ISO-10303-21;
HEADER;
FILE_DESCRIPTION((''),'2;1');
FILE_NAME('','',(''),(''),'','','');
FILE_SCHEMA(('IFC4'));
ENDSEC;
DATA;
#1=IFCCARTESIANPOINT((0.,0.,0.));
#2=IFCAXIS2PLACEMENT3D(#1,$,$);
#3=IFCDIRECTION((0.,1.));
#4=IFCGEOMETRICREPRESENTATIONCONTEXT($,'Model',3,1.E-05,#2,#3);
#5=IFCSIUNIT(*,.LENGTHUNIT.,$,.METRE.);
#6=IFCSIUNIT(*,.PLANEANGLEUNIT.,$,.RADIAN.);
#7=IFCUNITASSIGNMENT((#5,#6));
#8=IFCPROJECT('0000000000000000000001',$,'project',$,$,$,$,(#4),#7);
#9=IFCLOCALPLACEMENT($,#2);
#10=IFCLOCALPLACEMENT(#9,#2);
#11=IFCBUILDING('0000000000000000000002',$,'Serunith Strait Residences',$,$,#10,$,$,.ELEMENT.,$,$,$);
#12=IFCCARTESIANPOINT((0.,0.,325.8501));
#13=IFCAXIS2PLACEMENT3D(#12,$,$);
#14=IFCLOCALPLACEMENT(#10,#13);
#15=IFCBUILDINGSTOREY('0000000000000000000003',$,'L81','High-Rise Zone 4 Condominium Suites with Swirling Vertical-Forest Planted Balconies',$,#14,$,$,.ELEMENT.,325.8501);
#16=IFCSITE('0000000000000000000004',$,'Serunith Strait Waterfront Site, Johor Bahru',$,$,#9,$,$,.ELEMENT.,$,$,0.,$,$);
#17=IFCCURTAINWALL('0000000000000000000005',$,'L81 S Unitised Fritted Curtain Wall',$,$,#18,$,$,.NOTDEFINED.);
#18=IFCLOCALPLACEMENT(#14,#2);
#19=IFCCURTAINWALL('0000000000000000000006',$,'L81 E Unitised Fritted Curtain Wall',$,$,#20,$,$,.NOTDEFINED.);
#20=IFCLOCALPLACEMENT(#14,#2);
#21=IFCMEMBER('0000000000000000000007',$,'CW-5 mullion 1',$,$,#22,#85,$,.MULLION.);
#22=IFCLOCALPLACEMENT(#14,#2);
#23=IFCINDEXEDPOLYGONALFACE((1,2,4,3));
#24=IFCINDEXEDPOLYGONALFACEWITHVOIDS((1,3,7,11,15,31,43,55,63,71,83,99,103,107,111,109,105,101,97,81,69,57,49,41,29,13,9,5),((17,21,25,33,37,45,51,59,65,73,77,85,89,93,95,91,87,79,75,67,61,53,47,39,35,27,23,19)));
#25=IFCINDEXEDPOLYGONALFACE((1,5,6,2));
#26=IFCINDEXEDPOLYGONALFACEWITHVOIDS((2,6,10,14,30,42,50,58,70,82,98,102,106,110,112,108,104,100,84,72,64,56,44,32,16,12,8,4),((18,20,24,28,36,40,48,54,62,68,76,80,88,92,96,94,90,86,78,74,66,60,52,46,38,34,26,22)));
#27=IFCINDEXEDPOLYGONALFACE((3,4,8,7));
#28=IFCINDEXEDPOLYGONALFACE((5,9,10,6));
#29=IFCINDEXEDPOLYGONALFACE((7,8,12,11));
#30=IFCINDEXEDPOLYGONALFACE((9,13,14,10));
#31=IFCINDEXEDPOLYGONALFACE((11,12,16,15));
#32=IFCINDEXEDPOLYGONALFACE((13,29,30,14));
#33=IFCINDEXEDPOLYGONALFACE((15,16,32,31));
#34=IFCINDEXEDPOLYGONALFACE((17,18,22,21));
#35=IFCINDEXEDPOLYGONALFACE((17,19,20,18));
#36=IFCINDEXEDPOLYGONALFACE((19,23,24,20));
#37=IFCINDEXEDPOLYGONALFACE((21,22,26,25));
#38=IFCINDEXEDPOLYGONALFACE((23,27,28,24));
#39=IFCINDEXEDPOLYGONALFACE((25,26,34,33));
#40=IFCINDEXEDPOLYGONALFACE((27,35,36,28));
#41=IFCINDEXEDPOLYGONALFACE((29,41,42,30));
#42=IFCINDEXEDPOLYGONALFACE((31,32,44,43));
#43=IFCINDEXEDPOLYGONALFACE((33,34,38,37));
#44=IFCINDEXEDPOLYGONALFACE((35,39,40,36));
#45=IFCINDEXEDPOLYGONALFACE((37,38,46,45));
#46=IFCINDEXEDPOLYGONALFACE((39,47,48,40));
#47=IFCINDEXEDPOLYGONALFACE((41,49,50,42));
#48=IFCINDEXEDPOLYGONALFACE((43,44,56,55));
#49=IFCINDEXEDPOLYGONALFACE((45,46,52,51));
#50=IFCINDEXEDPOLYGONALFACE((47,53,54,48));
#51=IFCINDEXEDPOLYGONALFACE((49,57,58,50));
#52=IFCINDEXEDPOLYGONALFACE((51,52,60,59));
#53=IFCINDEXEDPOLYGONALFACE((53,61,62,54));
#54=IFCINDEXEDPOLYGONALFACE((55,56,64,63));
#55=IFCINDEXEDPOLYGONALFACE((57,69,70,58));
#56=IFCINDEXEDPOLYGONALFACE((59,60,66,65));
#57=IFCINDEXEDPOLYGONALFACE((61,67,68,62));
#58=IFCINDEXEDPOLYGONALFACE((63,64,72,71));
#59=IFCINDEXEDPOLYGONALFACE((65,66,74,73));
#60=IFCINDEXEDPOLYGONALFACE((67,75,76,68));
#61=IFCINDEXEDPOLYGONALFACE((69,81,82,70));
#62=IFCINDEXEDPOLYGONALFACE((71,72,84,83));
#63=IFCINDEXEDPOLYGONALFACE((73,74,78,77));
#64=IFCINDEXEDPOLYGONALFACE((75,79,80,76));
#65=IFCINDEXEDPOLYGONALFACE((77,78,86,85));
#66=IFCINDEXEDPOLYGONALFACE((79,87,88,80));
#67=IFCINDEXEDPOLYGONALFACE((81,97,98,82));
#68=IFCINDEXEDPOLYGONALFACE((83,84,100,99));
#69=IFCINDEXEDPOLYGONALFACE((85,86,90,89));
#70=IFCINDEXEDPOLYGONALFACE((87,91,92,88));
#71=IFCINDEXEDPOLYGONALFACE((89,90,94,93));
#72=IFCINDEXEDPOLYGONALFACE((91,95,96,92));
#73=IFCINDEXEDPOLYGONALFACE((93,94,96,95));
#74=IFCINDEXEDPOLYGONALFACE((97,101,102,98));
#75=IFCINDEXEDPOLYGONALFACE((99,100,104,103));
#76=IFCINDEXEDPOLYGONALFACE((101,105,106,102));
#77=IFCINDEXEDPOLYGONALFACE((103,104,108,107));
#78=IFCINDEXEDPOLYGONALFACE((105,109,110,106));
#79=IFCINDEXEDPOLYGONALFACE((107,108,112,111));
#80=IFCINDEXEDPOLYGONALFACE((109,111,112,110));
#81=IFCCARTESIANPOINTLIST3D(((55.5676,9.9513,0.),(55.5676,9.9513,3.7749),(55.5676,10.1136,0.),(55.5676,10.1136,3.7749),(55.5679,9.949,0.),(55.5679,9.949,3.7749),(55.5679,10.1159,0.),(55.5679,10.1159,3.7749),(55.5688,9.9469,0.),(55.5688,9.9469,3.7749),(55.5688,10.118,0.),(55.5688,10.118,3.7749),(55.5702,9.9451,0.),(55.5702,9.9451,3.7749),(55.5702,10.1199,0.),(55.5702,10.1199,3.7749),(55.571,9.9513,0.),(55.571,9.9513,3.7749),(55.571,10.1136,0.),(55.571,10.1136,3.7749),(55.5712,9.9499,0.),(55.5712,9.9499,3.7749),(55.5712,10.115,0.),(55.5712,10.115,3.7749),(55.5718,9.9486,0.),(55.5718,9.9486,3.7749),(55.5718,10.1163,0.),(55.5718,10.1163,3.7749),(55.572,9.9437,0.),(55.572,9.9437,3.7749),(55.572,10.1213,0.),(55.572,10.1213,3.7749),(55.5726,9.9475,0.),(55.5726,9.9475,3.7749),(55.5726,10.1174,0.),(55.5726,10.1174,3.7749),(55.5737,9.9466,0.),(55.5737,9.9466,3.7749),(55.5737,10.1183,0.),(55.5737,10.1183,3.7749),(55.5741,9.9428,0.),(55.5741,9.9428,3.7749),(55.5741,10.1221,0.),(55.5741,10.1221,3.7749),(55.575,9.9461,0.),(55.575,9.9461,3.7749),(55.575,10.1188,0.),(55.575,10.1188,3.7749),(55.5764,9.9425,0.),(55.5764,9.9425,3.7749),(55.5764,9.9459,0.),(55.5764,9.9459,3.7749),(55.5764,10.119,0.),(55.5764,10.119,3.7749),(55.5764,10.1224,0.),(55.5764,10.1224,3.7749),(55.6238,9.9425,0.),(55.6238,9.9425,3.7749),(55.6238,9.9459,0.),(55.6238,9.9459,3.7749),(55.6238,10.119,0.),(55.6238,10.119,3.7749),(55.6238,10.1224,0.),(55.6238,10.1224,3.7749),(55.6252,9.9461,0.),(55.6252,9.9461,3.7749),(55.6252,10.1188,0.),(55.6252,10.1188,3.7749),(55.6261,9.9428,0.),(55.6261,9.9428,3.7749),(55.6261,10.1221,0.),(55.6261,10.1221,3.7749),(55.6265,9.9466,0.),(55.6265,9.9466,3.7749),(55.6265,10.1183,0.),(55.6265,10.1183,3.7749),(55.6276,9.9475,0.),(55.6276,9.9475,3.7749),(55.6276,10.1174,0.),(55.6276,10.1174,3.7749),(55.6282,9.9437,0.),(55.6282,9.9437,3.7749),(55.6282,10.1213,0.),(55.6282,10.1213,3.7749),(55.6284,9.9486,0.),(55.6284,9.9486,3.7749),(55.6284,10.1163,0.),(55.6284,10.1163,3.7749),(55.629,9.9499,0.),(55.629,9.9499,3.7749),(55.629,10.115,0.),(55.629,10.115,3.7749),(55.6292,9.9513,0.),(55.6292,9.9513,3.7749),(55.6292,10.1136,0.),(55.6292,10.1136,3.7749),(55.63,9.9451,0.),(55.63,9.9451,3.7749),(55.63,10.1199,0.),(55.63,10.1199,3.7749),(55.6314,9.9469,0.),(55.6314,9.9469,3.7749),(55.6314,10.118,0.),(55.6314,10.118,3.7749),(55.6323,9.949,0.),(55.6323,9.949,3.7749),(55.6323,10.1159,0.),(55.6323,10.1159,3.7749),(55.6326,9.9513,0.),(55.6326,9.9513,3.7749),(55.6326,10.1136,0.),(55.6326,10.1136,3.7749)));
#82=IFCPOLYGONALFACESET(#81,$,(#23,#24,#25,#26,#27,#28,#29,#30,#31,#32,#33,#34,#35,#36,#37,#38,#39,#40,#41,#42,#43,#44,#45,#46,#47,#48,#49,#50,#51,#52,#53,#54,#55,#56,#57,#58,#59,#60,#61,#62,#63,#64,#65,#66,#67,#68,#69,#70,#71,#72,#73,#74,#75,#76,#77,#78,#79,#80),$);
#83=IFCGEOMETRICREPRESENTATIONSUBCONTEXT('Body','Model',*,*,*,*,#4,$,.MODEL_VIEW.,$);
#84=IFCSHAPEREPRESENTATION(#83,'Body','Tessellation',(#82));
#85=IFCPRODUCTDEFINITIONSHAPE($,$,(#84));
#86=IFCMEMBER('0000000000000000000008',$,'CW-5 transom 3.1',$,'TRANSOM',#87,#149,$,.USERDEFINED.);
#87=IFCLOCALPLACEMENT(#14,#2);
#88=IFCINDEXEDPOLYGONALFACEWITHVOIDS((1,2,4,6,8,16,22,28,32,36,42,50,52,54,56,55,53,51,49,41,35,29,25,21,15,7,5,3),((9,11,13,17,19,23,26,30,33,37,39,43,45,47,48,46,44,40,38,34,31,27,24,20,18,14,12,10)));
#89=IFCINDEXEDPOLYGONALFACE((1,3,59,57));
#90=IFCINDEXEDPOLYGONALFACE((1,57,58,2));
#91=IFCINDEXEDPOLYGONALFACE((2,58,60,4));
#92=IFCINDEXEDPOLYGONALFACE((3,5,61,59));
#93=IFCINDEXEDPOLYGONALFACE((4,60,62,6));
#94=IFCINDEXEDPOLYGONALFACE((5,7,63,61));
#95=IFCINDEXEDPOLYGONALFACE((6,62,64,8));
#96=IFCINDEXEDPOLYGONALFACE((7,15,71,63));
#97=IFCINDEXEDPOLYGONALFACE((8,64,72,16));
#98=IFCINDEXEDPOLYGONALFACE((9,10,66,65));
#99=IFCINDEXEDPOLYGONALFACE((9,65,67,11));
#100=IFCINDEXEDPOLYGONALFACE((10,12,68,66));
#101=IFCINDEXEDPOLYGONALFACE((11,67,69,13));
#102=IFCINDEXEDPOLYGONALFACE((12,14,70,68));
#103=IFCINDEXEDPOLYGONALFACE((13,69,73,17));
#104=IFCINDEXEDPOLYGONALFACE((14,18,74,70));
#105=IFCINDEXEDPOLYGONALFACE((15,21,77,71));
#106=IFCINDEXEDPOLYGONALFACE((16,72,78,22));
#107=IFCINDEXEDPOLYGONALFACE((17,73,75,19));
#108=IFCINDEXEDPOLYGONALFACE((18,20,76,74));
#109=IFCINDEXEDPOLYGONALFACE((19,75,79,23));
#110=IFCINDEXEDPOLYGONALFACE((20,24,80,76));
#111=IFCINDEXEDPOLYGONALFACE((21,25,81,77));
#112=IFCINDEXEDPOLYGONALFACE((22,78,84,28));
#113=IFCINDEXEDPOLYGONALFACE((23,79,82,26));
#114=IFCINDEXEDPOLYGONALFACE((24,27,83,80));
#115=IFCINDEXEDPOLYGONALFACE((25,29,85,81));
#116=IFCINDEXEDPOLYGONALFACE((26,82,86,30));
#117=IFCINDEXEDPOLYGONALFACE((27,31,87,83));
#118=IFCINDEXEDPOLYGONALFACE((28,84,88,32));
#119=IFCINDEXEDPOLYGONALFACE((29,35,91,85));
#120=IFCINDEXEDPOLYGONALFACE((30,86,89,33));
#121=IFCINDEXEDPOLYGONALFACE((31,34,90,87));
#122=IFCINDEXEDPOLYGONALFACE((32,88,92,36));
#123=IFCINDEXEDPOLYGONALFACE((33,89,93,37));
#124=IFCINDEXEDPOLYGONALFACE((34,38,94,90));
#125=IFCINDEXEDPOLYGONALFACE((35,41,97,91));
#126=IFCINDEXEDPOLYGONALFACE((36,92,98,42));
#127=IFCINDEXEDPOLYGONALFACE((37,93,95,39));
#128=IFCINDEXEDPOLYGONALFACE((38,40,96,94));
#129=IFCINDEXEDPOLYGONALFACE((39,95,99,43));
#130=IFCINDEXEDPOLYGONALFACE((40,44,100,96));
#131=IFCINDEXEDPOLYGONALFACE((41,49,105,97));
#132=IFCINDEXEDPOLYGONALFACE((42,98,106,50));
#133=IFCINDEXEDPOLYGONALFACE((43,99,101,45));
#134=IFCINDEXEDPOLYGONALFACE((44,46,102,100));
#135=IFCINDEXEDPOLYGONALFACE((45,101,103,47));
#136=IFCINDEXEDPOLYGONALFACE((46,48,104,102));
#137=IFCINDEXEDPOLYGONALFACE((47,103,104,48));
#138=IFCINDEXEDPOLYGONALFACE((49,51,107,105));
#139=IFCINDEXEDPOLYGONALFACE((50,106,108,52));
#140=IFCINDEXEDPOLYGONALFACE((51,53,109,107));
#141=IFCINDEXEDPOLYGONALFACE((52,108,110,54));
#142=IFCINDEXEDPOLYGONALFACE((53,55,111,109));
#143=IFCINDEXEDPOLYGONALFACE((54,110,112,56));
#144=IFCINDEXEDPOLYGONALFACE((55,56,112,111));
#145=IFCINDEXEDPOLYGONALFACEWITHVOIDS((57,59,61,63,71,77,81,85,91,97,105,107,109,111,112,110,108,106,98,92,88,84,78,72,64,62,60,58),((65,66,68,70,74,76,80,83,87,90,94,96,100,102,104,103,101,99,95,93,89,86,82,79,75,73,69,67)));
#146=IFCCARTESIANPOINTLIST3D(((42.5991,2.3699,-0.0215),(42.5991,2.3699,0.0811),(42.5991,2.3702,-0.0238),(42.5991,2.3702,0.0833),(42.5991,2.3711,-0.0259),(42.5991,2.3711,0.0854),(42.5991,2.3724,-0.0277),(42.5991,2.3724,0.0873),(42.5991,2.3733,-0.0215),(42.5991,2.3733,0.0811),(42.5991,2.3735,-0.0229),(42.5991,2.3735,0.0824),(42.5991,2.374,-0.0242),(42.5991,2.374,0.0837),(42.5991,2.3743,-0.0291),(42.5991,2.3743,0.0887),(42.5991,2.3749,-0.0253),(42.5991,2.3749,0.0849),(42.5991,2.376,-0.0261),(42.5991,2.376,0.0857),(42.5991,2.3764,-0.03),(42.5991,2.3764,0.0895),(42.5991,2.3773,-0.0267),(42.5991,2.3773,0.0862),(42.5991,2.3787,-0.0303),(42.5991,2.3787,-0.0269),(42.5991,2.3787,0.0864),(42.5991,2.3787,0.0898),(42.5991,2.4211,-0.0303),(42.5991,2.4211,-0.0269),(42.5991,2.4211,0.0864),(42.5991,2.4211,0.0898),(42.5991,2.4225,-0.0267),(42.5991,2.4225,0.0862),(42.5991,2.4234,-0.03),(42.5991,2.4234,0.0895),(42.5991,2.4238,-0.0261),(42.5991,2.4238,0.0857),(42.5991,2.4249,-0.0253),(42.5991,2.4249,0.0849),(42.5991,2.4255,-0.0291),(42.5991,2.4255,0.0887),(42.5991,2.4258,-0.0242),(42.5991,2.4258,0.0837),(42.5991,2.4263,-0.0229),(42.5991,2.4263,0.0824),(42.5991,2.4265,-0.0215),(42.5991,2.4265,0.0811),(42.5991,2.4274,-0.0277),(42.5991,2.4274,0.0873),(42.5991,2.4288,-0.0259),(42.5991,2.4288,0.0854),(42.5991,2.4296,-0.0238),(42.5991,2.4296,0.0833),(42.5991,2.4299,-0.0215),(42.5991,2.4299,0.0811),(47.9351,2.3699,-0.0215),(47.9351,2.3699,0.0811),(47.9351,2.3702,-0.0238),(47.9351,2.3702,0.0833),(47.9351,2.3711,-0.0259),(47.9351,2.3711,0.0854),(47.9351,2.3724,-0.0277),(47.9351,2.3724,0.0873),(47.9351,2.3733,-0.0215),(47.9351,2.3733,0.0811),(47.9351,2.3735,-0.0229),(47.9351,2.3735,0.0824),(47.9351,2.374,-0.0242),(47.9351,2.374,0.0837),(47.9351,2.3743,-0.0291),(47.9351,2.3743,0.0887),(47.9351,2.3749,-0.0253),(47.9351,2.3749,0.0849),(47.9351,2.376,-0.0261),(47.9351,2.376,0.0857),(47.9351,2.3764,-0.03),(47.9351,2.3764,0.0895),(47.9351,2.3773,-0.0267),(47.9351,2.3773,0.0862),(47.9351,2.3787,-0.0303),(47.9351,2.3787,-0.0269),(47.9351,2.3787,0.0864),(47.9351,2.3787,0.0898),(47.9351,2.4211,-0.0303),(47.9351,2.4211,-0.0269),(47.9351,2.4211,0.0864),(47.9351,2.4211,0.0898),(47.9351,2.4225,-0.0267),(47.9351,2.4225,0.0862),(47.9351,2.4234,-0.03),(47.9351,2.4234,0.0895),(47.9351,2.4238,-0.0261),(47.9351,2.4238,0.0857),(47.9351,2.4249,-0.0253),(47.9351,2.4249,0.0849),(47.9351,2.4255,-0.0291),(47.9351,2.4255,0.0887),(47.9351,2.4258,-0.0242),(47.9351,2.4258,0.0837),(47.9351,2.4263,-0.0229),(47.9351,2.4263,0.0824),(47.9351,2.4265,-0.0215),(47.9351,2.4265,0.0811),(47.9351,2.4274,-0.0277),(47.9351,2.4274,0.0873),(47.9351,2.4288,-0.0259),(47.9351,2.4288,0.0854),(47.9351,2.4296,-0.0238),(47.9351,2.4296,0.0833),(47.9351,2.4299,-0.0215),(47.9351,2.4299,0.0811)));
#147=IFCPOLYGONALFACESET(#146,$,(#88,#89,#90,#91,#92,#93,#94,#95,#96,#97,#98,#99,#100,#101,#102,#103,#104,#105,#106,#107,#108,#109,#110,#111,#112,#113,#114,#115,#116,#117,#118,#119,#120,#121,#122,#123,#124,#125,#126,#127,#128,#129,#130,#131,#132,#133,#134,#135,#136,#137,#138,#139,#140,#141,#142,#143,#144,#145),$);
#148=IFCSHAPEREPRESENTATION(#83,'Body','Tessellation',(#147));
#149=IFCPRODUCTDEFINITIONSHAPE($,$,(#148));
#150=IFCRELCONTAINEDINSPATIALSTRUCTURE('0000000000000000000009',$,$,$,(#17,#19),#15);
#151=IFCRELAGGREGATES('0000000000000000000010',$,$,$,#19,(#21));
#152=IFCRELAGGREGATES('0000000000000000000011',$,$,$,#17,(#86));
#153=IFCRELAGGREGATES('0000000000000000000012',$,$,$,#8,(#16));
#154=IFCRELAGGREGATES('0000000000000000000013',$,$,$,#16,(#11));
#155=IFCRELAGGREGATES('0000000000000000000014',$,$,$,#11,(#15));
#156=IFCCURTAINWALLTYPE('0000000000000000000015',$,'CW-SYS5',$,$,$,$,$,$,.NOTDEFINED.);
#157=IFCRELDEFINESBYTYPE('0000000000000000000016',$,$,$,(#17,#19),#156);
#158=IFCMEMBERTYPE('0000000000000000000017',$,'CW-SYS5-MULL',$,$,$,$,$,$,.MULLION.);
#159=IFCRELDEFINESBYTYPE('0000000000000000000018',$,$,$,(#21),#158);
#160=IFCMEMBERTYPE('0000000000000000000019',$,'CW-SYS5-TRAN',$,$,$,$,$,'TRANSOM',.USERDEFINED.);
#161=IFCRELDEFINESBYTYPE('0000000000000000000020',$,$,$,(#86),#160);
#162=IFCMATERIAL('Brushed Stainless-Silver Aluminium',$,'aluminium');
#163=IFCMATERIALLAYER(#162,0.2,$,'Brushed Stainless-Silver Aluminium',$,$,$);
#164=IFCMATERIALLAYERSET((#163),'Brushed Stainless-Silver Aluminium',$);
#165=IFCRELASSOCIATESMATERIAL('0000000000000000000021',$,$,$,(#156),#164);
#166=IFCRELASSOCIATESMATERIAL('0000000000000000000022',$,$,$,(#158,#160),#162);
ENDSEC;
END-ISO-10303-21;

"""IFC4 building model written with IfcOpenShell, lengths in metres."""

from ifc_helpers import new_model, si_unit, direction, frame, origin, origin_2d, place, context, subcontext, project, spatial, hollow_rectangle, extrude, source, transform, mapped, material, layer, layer_set, material_profile, profile_set, type_object, element, aggregate, save


model = new_model("IFC4")

# Units and contexts
model_context = context("Model", 3, precision=1e-05, world=origin(), true_north=direction((0.0, 1.0)))
body_context = subcontext(model_context, "Body", "Model", "MODEL_VIEW")
ifc_project = project(units=[si_unit("LENGTHUNIT", "METRE"), si_unit("PLANEANGLEUNIT", "RADIAN")], contexts=[model_context])

# Site, building, storey
site_placement = place(None, origin())
site = spatial("IfcSite", under=ifc_project, at=site_placement, Name="Serunith Strait Waterfront Site, Johor Bahru", CompositionType="ELEMENT", RefElevation=0.0)
building_placement = place(site_placement, origin())
building = spatial("IfcBuilding", under=site, at=building_placement, Name="Serunith Strait Residences", CompositionType="ELEMENT")
storey_placement = place(building_placement, frame((0.0, 0.0, 325.8501)))
storey = spatial("IfcBuildingStorey", under=building, at=storey_placement, Name="L81", Description="High-Rise Zone 4 Condominium Suites with Swirling Vertical-Forest Planted Balconies", CompositionType="ELEMENT", Elevation=325.8501)

# Curtain wall
ifc_material_1 = material(Name="Brushed Stainless-Silver Aluminium", Category="aluminium")
ifc_layer_1 = layer(ifc_material_1, 0.2, Name="Brushed Stainless-Silver Aluminium")
ifc_layer_set_1 = layer_set([ifc_layer_1], Name="Brushed Stainless-Silver Aluminium")
curtain_wall_type = type_object("IfcCurtainWallType", Name="CW-SYS5", PredefinedType="NOTDEFINED", material=ifc_layer_set_1)
curtain_wall_1_placement = place(storey_placement, origin())
curtain_wall_1 = element("IfcCurtainWall", 1, at=curtain_wall_1_placement, inside=storey, type_object=curtain_wall_type, Name="L81 S Unitised Fritted Curtain Wall", PredefinedType="NOTDEFINED")
ifc_material_profile_1 = material_profile(ifc_material_1, hollow_rectangle(XDim=0.0649, YDim=0.1799, WallThickness=0.0034, InnerFilletRadius=0.0054, OuterFilletRadius=0.0088, at=origin_2d()), Name="ALU 180x65x3.5")
ifc_profile_set_1 = profile_set([ifc_material_profile_1], Name="Brushed Stainless-Silver Aluminium")
member_type_1 = type_object("IfcMemberType", Name="CW-SYS5-MULL", PredefinedType="MULLION", material=ifc_profile_set_1)
shared_shape_1 = source(origin(), body_context, "Body", "SweptSolid", [
    extrude(hollow_rectangle(XDim=0.0649, YDim=0.1799, WallThickness=0.0034, InnerFilletRadius=0.0054, OuterFilletRadius=0.0088, at=origin_2d()), origin(), (0.0, 0.0, 1.0), 3.7749),
])

# Curtain wall, member
curtain_wall_2_placement = place(storey_placement, origin())
curtain_wall_2 = element("IfcCurtainWall", 2, at=curtain_wall_2_placement, inside=storey, type_object=curtain_wall_type, Name="L81 E Unitised Fritted Curtain Wall", PredefinedType="NOTDEFINED")
member_1_placement = place(storey_placement, frame((55.6001, 10.0325, 0.0), z_axis=(0.0, 0.0, 1.0), x_axis=(-1.0, 0.0, 0.0)))
member_1 = element("IfcMember", 3, at=member_1_placement, type_object=member_type_1, Name="CW-5 mullion 1", PredefinedType="MULLION", context=body_context, shape_type="MappedRepresentation", body=[
    mapped(shared_shape_1, transform((0.0, 0.0, 0.0), scale=1.0)),
])

# Member
ifc_material_profile_2 = material_profile(ifc_material_1, hollow_rectangle(XDim=0.0601, YDim=0.1201, WallThickness=0.0034, InnerFilletRadius=0.0054, OuterFilletRadius=0.0088, at=origin_2d()), Name="ALU 120x60x3.5")
ifc_profile_set_2 = profile_set([ifc_material_profile_2], Name="Brushed Stainless-Silver Aluminium")
member_type_2 = type_object("IfcMemberType", Name="CW-SYS5-TRAN", ElementType="TRANSOM", PredefinedType="USERDEFINED", material=ifc_profile_set_2)
shared_shape_2 = source(origin(), body_context, "Body", "SweptSolid", [
    extrude(hollow_rectangle(XDim=0.0601, YDim=0.1201, WallThickness=0.0034, InnerFilletRadius=0.0054, OuterFilletRadius=0.0088, at=origin_2d()), origin(), (0.0, 0.0, 1.0), 5.3359),
])
member_2_placement = place(storey_placement, frame((42.5991, 2.3999, 0.0298), z_axis=(1.0, 0.0, 0.0), x_axis=(0.0, 1.0, 0.0)))
member_2 = element("IfcMember", 4, at=member_2_placement, type_object=member_type_2, Name="CW-5 transom 3.1", ObjectType="TRANSOM", PredefinedType="USERDEFINED", context=body_context, shape_type="MappedRepresentation", body=[
    mapped(shared_shape_2, transform((0.0, 0.0, 0.0), scale=1.0)),
])
aggregate(curtain_wall_2, [member_1])

aggregate(curtain_wall_1, [member_2])

save(model, "model.ifc")
